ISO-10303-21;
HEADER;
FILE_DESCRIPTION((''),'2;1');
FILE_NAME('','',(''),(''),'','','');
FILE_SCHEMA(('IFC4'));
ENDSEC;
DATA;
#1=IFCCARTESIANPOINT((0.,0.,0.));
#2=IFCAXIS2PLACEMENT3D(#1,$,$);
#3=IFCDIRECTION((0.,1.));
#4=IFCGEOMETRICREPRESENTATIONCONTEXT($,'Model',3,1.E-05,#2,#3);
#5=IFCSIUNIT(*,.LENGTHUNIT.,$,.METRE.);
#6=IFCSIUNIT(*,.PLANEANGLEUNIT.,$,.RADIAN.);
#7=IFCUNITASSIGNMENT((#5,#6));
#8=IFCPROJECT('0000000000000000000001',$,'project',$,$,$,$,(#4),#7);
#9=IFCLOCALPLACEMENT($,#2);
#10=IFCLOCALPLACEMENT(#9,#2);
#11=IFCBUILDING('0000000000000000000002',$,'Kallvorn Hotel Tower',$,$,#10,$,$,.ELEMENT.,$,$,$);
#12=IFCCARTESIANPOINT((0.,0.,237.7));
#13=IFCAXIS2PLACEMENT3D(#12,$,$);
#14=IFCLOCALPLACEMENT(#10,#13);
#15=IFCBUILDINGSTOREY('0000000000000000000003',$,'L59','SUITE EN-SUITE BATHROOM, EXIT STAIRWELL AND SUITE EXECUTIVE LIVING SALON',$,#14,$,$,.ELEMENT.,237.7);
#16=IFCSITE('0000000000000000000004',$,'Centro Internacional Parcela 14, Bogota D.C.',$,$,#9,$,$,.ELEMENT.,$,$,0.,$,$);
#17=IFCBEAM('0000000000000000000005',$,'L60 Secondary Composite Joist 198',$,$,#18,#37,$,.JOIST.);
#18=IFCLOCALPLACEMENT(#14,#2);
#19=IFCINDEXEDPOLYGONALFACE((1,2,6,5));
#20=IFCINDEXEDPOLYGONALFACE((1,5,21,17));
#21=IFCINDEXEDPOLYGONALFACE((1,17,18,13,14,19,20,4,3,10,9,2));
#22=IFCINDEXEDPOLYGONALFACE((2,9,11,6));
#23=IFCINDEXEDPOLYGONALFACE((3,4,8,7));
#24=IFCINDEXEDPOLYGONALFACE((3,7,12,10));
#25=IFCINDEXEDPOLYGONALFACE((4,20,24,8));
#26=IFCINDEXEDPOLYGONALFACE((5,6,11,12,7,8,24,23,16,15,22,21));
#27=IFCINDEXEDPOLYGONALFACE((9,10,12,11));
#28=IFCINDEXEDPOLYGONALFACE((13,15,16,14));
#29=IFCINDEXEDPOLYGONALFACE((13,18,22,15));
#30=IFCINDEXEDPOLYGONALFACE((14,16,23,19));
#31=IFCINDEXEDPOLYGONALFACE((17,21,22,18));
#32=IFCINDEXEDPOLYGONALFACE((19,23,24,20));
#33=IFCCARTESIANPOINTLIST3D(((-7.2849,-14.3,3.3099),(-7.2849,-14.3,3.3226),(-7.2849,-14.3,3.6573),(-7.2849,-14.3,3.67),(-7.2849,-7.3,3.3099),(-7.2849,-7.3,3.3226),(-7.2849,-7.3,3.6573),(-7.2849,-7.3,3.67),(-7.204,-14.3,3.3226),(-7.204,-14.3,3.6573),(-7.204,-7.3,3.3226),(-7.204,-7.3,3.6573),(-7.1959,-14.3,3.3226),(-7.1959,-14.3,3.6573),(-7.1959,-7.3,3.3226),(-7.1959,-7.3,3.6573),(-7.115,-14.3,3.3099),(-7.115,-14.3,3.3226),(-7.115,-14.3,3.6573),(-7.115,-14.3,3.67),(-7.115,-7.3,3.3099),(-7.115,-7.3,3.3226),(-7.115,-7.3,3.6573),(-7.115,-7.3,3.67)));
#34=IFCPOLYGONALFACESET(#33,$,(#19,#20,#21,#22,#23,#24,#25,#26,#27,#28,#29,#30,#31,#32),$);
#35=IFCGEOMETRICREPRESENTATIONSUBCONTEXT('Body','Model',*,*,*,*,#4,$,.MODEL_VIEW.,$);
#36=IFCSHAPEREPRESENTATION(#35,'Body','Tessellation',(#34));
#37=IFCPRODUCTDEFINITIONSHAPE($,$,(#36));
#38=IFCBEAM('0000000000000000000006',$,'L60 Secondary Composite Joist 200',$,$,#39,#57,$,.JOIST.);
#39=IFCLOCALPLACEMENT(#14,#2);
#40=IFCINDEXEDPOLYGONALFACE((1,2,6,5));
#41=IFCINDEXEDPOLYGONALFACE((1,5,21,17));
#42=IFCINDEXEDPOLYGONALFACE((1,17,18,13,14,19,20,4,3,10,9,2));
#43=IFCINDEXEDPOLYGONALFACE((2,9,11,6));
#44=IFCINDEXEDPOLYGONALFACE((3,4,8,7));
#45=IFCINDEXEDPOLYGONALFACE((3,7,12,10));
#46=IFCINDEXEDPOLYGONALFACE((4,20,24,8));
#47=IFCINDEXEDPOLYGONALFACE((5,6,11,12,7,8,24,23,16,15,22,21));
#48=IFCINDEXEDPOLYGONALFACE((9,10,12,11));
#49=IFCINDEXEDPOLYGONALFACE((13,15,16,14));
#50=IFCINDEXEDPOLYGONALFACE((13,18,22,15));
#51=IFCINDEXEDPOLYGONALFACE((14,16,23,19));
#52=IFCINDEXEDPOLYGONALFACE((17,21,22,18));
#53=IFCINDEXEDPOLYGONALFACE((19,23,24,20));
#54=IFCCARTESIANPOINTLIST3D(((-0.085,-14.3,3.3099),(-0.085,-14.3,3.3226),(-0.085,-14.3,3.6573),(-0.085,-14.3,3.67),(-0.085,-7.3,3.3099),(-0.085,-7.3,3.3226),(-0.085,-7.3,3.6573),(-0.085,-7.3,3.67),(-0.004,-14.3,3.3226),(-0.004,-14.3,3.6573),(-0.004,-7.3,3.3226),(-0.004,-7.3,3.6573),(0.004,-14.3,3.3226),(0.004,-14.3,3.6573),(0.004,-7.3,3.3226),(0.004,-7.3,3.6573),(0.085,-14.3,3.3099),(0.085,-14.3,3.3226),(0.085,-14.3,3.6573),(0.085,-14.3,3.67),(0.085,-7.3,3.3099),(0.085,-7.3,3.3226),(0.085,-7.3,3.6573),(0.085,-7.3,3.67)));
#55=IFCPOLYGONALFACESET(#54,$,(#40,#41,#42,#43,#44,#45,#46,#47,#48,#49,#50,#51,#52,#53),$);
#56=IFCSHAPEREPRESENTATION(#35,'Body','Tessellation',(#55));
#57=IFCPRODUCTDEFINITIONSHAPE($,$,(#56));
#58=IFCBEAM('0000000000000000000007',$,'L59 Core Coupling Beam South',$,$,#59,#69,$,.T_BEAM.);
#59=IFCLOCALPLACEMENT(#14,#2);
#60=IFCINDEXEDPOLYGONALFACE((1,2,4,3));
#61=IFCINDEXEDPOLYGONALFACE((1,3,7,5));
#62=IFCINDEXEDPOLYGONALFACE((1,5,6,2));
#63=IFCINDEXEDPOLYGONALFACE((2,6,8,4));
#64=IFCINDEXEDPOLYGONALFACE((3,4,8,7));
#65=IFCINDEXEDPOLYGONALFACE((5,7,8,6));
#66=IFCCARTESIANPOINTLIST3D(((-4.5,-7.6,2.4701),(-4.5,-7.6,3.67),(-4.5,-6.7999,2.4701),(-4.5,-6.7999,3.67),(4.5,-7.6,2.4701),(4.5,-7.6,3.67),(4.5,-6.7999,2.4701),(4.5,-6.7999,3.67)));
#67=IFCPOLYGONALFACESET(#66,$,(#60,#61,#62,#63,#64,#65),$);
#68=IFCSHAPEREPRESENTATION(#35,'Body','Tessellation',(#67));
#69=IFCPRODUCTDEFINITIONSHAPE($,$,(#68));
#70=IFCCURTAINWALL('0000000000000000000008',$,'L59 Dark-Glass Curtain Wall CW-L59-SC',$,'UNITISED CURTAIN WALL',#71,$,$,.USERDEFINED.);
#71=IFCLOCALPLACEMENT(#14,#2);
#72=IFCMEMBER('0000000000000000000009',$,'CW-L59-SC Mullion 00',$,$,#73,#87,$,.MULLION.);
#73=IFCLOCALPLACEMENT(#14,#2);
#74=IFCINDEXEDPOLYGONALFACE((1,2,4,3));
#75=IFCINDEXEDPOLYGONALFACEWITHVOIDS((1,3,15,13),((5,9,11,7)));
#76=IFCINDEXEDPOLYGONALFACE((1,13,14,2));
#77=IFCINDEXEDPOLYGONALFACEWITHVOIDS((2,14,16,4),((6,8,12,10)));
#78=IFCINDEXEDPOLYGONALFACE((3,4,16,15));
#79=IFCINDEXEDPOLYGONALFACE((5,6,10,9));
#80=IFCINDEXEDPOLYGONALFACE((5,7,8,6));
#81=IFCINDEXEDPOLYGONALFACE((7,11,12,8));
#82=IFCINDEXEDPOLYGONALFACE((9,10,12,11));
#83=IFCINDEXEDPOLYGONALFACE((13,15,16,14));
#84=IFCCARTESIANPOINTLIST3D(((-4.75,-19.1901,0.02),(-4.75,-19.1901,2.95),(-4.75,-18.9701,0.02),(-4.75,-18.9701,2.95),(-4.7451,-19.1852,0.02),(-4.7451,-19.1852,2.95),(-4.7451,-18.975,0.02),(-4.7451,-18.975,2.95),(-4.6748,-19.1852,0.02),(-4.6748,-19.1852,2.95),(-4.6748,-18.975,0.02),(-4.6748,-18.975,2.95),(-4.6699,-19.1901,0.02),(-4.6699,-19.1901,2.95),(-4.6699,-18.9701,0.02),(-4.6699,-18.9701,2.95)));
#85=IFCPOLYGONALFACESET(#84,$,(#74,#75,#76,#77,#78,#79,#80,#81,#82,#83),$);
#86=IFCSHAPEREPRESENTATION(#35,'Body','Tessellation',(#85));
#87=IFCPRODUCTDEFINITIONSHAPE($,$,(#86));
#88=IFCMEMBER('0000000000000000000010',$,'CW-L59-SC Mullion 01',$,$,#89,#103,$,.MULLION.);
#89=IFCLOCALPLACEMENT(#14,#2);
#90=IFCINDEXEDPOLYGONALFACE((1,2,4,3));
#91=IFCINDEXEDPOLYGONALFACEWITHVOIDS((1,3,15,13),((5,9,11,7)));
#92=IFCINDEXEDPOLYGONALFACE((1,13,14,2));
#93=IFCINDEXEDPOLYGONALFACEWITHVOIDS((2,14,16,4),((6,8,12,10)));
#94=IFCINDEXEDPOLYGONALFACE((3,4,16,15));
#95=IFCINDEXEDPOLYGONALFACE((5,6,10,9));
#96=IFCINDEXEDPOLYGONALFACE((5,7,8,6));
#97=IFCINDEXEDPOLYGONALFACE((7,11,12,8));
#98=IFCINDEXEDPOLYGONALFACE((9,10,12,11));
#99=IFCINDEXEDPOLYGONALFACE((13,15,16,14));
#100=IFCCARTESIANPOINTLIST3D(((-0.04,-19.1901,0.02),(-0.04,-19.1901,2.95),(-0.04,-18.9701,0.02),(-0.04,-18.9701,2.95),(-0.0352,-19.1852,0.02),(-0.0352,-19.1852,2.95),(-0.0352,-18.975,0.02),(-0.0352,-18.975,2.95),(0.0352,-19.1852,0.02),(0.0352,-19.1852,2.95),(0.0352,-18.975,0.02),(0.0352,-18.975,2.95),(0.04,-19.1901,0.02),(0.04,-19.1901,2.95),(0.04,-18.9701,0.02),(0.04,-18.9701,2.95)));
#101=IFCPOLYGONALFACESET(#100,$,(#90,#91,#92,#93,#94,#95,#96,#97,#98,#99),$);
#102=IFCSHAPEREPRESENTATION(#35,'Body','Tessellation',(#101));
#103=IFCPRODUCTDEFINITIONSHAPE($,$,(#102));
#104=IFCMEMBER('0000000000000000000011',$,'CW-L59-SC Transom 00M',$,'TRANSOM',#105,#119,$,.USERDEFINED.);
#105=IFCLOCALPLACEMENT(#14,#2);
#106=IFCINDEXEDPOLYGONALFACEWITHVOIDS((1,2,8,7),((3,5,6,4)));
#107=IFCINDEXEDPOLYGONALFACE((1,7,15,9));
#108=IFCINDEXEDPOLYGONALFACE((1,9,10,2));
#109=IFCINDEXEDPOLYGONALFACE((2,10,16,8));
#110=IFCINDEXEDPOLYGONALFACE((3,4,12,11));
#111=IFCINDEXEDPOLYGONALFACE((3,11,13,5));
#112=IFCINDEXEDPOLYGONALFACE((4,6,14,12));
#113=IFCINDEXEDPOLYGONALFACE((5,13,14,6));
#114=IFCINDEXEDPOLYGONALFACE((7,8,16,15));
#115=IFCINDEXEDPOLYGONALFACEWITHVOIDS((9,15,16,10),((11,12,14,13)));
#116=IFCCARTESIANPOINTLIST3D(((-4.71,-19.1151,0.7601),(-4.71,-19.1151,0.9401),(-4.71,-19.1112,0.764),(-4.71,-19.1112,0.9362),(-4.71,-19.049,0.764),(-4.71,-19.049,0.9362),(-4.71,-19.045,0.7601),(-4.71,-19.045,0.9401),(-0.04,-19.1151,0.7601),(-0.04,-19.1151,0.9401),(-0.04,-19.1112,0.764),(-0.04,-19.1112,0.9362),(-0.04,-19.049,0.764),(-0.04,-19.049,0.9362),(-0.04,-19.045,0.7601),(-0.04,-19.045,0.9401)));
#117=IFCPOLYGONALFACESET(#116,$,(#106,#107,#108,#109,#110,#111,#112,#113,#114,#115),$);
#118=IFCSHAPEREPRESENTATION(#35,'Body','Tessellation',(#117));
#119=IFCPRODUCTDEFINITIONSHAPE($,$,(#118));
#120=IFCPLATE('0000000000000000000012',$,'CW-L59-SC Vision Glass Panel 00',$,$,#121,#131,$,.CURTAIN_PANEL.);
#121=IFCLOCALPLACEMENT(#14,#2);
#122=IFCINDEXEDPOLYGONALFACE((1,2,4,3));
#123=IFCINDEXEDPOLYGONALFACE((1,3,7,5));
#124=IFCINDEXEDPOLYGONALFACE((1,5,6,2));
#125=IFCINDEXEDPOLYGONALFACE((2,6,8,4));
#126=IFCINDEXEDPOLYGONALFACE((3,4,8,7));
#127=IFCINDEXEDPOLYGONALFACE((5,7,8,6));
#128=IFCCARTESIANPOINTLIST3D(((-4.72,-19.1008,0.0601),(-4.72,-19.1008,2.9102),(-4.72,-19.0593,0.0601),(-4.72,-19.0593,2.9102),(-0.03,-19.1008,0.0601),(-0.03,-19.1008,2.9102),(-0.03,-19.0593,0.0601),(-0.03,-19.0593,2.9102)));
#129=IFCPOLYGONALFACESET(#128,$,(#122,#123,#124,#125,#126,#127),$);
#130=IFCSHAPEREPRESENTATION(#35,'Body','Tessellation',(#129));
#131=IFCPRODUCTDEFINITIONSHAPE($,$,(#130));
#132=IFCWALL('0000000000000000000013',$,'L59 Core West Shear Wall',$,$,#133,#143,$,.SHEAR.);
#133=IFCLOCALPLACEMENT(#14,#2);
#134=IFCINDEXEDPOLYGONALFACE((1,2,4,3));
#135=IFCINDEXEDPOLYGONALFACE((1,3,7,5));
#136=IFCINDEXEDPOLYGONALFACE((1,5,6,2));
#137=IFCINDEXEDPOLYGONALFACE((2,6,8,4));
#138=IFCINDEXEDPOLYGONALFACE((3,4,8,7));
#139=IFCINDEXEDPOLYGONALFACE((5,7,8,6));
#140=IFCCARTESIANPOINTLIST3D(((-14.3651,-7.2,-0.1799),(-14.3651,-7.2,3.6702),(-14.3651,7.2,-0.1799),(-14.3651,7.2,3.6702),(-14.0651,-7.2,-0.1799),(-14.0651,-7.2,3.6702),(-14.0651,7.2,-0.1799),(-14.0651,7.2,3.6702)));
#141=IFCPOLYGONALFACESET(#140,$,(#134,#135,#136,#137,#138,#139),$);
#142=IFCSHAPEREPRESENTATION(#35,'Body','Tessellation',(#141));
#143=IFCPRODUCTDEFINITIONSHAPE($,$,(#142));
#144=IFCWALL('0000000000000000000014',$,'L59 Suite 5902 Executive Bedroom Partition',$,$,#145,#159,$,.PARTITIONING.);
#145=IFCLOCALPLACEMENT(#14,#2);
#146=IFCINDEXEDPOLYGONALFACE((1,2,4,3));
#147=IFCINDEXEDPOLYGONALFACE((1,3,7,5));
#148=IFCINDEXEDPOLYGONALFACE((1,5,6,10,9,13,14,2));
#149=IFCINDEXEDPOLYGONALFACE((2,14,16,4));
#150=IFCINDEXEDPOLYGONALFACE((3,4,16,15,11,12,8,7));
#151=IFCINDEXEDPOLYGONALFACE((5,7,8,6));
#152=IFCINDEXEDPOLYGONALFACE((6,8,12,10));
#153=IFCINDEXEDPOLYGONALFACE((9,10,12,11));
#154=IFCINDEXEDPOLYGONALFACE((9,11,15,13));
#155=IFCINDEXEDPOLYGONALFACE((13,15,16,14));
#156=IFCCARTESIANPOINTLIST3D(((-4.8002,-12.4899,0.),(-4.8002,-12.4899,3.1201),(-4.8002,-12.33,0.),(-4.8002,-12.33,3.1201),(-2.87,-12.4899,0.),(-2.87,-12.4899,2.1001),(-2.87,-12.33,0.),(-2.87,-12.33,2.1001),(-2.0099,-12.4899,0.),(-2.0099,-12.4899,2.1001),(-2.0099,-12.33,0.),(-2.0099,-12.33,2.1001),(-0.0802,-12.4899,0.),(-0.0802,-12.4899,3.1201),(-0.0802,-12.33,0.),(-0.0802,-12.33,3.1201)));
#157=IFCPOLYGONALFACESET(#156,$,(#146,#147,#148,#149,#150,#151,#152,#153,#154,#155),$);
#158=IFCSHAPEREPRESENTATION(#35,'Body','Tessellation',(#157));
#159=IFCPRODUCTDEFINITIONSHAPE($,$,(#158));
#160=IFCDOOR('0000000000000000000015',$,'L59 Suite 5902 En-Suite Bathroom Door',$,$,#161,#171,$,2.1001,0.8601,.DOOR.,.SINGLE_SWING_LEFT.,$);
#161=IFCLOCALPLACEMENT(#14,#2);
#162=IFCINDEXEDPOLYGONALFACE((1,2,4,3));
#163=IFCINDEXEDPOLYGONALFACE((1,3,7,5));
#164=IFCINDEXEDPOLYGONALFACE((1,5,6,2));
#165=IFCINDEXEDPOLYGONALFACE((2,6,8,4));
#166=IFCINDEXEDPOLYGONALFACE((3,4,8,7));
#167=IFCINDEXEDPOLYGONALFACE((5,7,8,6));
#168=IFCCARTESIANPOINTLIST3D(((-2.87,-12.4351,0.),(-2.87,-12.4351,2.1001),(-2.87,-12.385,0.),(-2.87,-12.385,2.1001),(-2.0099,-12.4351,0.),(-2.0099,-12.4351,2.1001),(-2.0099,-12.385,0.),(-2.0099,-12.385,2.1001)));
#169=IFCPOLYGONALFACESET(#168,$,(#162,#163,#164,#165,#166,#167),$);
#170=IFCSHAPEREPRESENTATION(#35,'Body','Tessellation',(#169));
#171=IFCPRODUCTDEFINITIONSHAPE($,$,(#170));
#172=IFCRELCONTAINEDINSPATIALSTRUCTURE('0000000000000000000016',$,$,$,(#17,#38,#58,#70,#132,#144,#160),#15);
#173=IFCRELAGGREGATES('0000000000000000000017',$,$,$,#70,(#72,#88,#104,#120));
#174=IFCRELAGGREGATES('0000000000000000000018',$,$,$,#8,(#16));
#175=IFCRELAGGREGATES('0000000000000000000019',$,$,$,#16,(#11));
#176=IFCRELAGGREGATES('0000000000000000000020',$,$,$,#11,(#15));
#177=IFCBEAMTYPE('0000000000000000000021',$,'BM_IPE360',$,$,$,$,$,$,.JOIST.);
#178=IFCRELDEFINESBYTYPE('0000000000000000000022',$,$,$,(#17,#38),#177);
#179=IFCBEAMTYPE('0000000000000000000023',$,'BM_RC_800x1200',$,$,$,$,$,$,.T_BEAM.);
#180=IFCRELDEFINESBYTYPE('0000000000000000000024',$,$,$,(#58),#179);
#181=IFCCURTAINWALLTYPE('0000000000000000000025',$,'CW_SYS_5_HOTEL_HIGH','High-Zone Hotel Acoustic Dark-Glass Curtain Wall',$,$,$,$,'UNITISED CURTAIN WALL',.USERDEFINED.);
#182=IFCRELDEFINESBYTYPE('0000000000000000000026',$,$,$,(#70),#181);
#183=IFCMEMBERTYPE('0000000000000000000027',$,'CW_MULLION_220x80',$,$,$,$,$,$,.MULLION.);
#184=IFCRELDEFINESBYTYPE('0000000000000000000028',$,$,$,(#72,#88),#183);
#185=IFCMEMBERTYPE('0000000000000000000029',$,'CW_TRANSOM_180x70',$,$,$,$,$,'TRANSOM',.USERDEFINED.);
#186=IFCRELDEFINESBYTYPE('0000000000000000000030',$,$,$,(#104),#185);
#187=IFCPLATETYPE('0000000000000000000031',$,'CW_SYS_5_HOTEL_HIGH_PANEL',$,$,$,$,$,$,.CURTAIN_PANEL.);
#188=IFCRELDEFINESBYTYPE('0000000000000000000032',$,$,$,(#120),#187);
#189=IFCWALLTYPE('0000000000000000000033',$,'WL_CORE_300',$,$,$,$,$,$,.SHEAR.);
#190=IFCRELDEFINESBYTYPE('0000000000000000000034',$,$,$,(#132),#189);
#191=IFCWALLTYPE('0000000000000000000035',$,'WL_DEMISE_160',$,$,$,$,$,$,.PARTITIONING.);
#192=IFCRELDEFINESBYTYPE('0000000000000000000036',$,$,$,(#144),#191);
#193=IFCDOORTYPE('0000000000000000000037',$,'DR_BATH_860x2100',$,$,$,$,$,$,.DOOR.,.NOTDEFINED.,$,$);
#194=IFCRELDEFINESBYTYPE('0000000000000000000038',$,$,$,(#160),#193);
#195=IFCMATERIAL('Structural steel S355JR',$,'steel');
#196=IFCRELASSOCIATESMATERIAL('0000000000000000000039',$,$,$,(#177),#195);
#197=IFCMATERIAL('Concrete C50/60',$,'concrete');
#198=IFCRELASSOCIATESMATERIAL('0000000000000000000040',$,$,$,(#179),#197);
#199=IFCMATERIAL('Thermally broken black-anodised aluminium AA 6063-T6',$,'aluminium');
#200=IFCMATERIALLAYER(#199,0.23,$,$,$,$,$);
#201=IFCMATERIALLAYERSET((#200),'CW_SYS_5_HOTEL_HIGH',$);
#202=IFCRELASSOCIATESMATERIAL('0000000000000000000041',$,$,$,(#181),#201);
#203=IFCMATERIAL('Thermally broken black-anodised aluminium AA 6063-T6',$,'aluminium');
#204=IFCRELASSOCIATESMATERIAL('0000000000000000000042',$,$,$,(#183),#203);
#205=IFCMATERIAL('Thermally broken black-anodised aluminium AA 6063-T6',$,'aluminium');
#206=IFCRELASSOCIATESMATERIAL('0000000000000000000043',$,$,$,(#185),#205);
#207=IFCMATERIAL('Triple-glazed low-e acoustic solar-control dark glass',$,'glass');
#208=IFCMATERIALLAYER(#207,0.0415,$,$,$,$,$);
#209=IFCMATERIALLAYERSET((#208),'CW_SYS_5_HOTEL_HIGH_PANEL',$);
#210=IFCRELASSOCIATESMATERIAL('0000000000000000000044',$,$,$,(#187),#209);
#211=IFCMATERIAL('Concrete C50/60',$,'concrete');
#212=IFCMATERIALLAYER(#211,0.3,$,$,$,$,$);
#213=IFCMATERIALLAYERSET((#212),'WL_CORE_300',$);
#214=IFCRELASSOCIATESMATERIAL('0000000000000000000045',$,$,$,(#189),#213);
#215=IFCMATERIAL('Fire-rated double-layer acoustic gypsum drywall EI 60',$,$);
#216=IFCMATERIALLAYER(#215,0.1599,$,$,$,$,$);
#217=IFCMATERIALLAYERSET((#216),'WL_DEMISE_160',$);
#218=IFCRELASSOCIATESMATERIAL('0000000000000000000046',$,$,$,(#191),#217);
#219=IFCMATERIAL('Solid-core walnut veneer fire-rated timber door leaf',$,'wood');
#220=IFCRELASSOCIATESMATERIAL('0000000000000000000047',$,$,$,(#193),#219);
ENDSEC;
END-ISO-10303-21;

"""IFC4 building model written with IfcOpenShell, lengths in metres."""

from ifc_helpers import new_model, si_unit, direction, frame, frame_2d, origin, origin_2d, place, context, subcontext, project, spatial, rectangle, hollow_rectangle, i_section, extrude, material, layer, layer_set, material_profile, profile_set, type_object, element, fill, aggregate, save


model = new_model("IFC4")

# Units and contexts
model_context = context("Model", 3, precision=1e-05, world=origin(), true_north=direction((0.0, 1.0)))
body_context = subcontext(model_context, "Body", "Model", "MODEL_VIEW")
ifc_project = project(units=[si_unit("LENGTHUNIT", "METRE"), si_unit("PLANEANGLEUNIT", "RADIAN")], contexts=[model_context])

# Site, building, storey
site_placement = place(None, origin())
site = spatial("IfcSite", under=ifc_project, at=site_placement, Name="Centro Internacional Parcela 14, Bogota D.C.", CompositionType="ELEMENT", RefElevation=0.0)
building_placement = place(site_placement, origin())
building = spatial("IfcBuilding", under=site, at=building_placement, Name="Kallvorn Hotel Tower", CompositionType="ELEMENT")
storey_placement = place(building_placement, frame((0.0, 0.0, 237.7)))
storey = spatial("IfcBuildingStorey", under=building, at=storey_placement, Name="L59", Description="SUITE EN-SUITE BATHROOM, EXIT STAIRWELL AND SUITE EXECUTIVE LIVING SALON", CompositionType="ELEMENT", Elevation=237.7)

# Beams
ifc_material_1 = material(Name="Structural steel S355JR", Category="steel")
ifc_material_profile_1 = material_profile(ifc_material_1, i_section(OverallWidth=0.1699, OverallDepth=0.3601, WebThickness=0.0081, FlangeThickness=0.0127, at=origin_2d()), Name="IPE 360")
ifc_profile_set_1 = profile_set([ifc_material_profile_1], Name="Structural steel S355JR")
beam_type_1 = type_object("IfcBeamType", Name="BM_IPE360", PredefinedType="JOIST", material=ifc_profile_set_1)
for number, where, z_axis, x_axis, name in (
    (1, (-7.2, -14.3, 3.49), (0.0, 1.0, 0.0), (-1.0, 0.0, 0.0), "L60 Secondary Composite Joist 198"),
    (2, (0.0, -14.3, 3.49), (0.0, 1.0, 0.0), (-1.0, 0.0, 0.0), "L60 Secondary Composite Joist 200"),
):
    element("IfcBeam", number, at=place(storey_placement, frame(where, z_axis=z_axis, x_axis=x_axis)), inside=storey, type_object=beam_type_1, Name=name, PredefinedType="JOIST", context=body_context, shape_type="SweptSolid", body=[
        extrude(i_section(OverallWidth=0.1699, OverallDepth=0.3601, WebThickness=0.0081, FlangeThickness=0.0127, at=origin_2d()), origin(), (0.0, 0.0, 1.0), 7.0),
    ])
ifc_material_2 = material(Name="Concrete C50/60", Category="concrete")
ifc_material_profile_2 = material_profile(ifc_material_2, rectangle(XDim=0.8, YDim=1.2, at=origin_2d()), Name="RC 800x1200")
ifc_profile_set_2 = profile_set([ifc_material_profile_2], Name="Concrete C50/60")
beam_type_2 = type_object("IfcBeamType", Name="BM_RC_800x1200", PredefinedType="T_BEAM", material=ifc_profile_set_2)
beam_1_placement = place(storey_placement, frame((-4.5, -7.2, 3.0701), z_axis=(1.0, 0.0, 0.0), x_axis=(0.0, 1.0, 0.0)))
element("IfcBeam", 3, at=beam_1_placement, inside=storey, type_object=beam_type_2, Name="L59 Core Coupling Beam South", PredefinedType="T_BEAM", context=body_context, shape_type="SweptSolid", body=[
    extrude(rectangle(XDim=0.8, YDim=1.2, at=origin_2d()), origin(), (0.0, 0.0, 1.0), 9.0),
])

# Curtain wall, members, plate
ifc_material_3 = material(Name="Thermally broken black-anodised aluminium AA 6063-T6", Category="aluminium")
ifc_layer_1 = layer(ifc_material_3, 0.23)
ifc_layer_set_1 = layer_set([ifc_layer_1], Name="CW_SYS_5_HOTEL_HIGH")
curtain_wall_type = type_object("IfcCurtainWallType", Name="CW_SYS_5_HOTEL_HIGH", Description="High-Zone Hotel Acoustic Dark-Glass Curtain Wall", ElementType="UNITISED CURTAIN WALL", PredefinedType="USERDEFINED", material=ifc_layer_set_1)
curtain_wall_placement = place(storey_placement, origin())
curtain_wall = element("IfcCurtainWall", 4, at=curtain_wall_placement, inside=storey, type_object=curtain_wall_type, Name="L59 Dark-Glass Curtain Wall CW-L59-SC", ObjectType="UNITISED CURTAIN WALL", PredefinedType="USERDEFINED")
ifc_material_4 = material(Name="Thermally broken black-anodised aluminium AA 6063-T6", Category="aluminium")
ifc_material_profile_3 = material_profile(ifc_material_4, hollow_rectangle(XDim=0.0801, YDim=0.22, WallThickness=0.0049, at=origin_2d()), Name="MUL 220x80")
ifc_profile_set_3 = profile_set([ifc_material_profile_3], Name="Thermally broken black-anodised aluminium AA 6063-T6")
member_type_1 = type_object("IfcMemberType", Name="CW_MULLION_220x80", PredefinedType="MULLION", material=ifc_profile_set_3)
member_1_placement = place(storey_placement, frame((-4.71, -19.0801, 0.02), z_axis=(0.0, 0.0, 1.0), x_axis=(1.0, 0.0, 0.0)))
member_1 = element("IfcMember", 5, at=member_1_placement, type_object=member_type_1, Name="CW-L59-SC Mullion 00", PredefinedType="MULLION", context=body_context, shape_type="SweptSolid", body=[
    extrude(hollow_rectangle(XDim=0.0801, YDim=0.22, WallThickness=0.0049, at=origin_2d()), origin(), (0.0, 0.0, 1.0), 2.9299),
])
member_2_placement = place(storey_placement, frame((0.0, -19.0801, 0.02), z_axis=(0.0, 0.0, 1.0), x_axis=(1.0, 0.0, 0.0)))
member_2 = element("IfcMember", 6, at=member_2_placement, type_object=member_type_1, Name="CW-L59-SC Mullion 01", PredefinedType="MULLION", context=body_context, shape_type="SweptSolid", body=[
    extrude(hollow_rectangle(XDim=0.0801, YDim=0.22, WallThickness=0.0049, at=origin_2d()), origin(), (0.0, 0.0, 1.0), 2.9299),
])
ifc_material_5 = material(Name="Thermally broken black-anodised aluminium AA 6063-T6", Category="aluminium")
ifc_material_profile_4 = material_profile(ifc_material_5, hollow_rectangle(XDim=0.0701, YDim=0.1799, WallThickness=0.0039, at=origin_2d()), Name="TRN 180x70")
ifc_profile_set_4 = profile_set([ifc_material_profile_4], Name="Thermally broken black-anodised aluminium AA 6063-T6")
member_type_2 = type_object("IfcMemberType", Name="CW_TRANSOM_180x70", ElementType="TRANSOM", PredefinedType="USERDEFINED", material=ifc_profile_set_4)
member_3_placement = place(storey_placement, frame((-4.71, -19.0801, 0.8501), z_axis=(1.0, 0.0, 0.0), x_axis=(0.0, 1.0, 0.0)))
member_3 = element("IfcMember", 7, at=member_3_placement, type_object=member_type_2, Name="CW-L59-SC Transom 00M", ObjectType="TRANSOM", PredefinedType="USERDEFINED", context=body_context, shape_type="SweptSolid", body=[
    extrude(hollow_rectangle(XDim=0.0701, YDim=0.1799, WallThickness=0.0039, at=origin_2d()), origin(), (0.0, 0.0, 1.0), 4.6699),
])
ifc_material_6 = material(Name="Triple-glazed low-e acoustic solar-control dark glass", Category="glass")
ifc_layer_2 = layer(ifc_material_6, 0.0415)
ifc_layer_set_2 = layer_set([ifc_layer_2], Name="CW_SYS_5_HOTEL_HIGH_PANEL")
plate_type = type_object("IfcPlateType", Name="CW_SYS_5_HOTEL_HIGH_PANEL", PredefinedType="CURTAIN_PANEL", material=ifc_layer_set_2)
plate_placement = place(storey_placement, frame((-2.375, -19.0801, 0.0601), z_axis=(0.0, 0.0, 1.0), x_axis=(1.0, 0.0, 0.0)))
plate = element("IfcPlate", 8, at=plate_placement, type_object=plate_type, Name="CW-L59-SC Vision Glass Panel 00", PredefinedType="CURTAIN_PANEL", context=body_context, shape_type="SweptSolid", body=[
    extrude(rectangle(XDim=4.6899, YDim=0.0415, at=origin_2d()), origin(), (0.0, 0.0, 1.0), 2.8501),
])
aggregate(curtain_wall, [member_1, member_2, member_3, plate])

# Wall
ifc_material_7 = material(Name="Concrete C50/60", Category="concrete")
ifc_layer_3 = layer(ifc_material_7, 0.3)
ifc_layer_set_3 = layer_set([ifc_layer_3], Name="WL_CORE_300")
wall_type_1 = type_object("IfcWallType", Name="WL_CORE_300", PredefinedType="SHEAR", material=ifc_layer_set_3)
wall_1_placement = place(storey_placement, frame((-14.2151, -7.2, -0.1799), z_axis=(0.0, 0.0, 1.0), x_axis=(0.0, 1.0, 0.0)))
element("IfcWall", 9, at=wall_1_placement, inside=storey, type_object=wall_type_1, Name="L59 Core West Shear Wall", PredefinedType="SHEAR", context=body_context, shape_type="SweptSolid", body=[
    extrude(rectangle(XDim=14.3999, YDim=0.3, at=frame_2d((7.2, 0.0))), origin(), (0.0, 0.0, 1.0), 3.8501),
])

# Wall, opening, door
ifc_material_8 = material(Name="Fire-rated double-layer acoustic gypsum drywall EI 60")
ifc_layer_4 = layer(ifc_material_8, 0.1599)
ifc_layer_set_4 = layer_set([ifc_layer_4], Name="WL_DEMISE_160")
wall_type_2 = type_object("IfcWallType", Name="WL_DEMISE_160", PredefinedType="PARTITIONING", material=ifc_layer_set_4)
wall_2_placement = place(storey_placement, frame((-4.8, -12.4099, 0.0), z_axis=(0.0, 0.0, 1.0), x_axis=(1.0, 0.0, 0.0)))
wall_2 = element("IfcWall", 10, at=wall_2_placement, inside=storey, type_object=wall_type_2, Name="L59 Suite 5902 Executive Bedroom Partition", PredefinedType="PARTITIONING", context=body_context, shape_type="SweptSolid", body=[
    extrude(rectangle(XDim=4.72, YDim=0.1599, at=frame_2d((2.3599, 0.0))), origin(), (0.0, 0.0, 1.0), 3.1201),
])
opening_1_placement = place(wall_2_placement, frame((1.9299, 0.0, 0.0)))
opening_1 = element("IfcOpeningElement", 11, at=opening_1_placement, cuts=wall_2, PredefinedType="OPENING", context=body_context, shape_type="SweptSolid", body=[
    extrude(rectangle(XDim=0.8601, YDim=2.1001, at=frame_2d((0.4302, 1.05))), frame((0.0, 0.095, 0.0), z_axis=(0.0, -1.0, 0.0), x_axis=(1.0, 0.0, 0.0)), (0.0, 0.0, 1.0), 0.1899),
])
ifc_material_9 = material(Name="Solid-core walnut veneer fire-rated timber door leaf", Category="wood")
door_type_1 = type_object("IfcDoorType", Name="DR_BATH_860x2100", OperationType="NOTDEFINED", PredefinedType="DOOR", material=ifc_material_9)
door_1_placement = place(opening_1_placement, origin())
door_1 = element("IfcDoor", 12, at=door_1_placement, inside=storey, type_object=door_type_1, Name="L59 Suite 5902 En-Suite Bathroom Door", OperationType="SINGLE_SWING_LEFT", OverallHeight=2.1001, OverallWidth=0.8601, PredefinedType="DOOR", context=body_context, shape_type="SweptSolid", body=[
    extrude(rectangle(XDim=0.8601, YDim=2.1001, at=frame_2d((0.4302, 1.05))), frame((0.0, 0.0249, 0.0), z_axis=(0.0, -1.0, 0.0), x_axis=(1.0, 0.0, 0.0)), (0.0, 0.0, 1.0), 0.05),
])
fill(opening_1, door_1)

save(model, "model.ifc")
